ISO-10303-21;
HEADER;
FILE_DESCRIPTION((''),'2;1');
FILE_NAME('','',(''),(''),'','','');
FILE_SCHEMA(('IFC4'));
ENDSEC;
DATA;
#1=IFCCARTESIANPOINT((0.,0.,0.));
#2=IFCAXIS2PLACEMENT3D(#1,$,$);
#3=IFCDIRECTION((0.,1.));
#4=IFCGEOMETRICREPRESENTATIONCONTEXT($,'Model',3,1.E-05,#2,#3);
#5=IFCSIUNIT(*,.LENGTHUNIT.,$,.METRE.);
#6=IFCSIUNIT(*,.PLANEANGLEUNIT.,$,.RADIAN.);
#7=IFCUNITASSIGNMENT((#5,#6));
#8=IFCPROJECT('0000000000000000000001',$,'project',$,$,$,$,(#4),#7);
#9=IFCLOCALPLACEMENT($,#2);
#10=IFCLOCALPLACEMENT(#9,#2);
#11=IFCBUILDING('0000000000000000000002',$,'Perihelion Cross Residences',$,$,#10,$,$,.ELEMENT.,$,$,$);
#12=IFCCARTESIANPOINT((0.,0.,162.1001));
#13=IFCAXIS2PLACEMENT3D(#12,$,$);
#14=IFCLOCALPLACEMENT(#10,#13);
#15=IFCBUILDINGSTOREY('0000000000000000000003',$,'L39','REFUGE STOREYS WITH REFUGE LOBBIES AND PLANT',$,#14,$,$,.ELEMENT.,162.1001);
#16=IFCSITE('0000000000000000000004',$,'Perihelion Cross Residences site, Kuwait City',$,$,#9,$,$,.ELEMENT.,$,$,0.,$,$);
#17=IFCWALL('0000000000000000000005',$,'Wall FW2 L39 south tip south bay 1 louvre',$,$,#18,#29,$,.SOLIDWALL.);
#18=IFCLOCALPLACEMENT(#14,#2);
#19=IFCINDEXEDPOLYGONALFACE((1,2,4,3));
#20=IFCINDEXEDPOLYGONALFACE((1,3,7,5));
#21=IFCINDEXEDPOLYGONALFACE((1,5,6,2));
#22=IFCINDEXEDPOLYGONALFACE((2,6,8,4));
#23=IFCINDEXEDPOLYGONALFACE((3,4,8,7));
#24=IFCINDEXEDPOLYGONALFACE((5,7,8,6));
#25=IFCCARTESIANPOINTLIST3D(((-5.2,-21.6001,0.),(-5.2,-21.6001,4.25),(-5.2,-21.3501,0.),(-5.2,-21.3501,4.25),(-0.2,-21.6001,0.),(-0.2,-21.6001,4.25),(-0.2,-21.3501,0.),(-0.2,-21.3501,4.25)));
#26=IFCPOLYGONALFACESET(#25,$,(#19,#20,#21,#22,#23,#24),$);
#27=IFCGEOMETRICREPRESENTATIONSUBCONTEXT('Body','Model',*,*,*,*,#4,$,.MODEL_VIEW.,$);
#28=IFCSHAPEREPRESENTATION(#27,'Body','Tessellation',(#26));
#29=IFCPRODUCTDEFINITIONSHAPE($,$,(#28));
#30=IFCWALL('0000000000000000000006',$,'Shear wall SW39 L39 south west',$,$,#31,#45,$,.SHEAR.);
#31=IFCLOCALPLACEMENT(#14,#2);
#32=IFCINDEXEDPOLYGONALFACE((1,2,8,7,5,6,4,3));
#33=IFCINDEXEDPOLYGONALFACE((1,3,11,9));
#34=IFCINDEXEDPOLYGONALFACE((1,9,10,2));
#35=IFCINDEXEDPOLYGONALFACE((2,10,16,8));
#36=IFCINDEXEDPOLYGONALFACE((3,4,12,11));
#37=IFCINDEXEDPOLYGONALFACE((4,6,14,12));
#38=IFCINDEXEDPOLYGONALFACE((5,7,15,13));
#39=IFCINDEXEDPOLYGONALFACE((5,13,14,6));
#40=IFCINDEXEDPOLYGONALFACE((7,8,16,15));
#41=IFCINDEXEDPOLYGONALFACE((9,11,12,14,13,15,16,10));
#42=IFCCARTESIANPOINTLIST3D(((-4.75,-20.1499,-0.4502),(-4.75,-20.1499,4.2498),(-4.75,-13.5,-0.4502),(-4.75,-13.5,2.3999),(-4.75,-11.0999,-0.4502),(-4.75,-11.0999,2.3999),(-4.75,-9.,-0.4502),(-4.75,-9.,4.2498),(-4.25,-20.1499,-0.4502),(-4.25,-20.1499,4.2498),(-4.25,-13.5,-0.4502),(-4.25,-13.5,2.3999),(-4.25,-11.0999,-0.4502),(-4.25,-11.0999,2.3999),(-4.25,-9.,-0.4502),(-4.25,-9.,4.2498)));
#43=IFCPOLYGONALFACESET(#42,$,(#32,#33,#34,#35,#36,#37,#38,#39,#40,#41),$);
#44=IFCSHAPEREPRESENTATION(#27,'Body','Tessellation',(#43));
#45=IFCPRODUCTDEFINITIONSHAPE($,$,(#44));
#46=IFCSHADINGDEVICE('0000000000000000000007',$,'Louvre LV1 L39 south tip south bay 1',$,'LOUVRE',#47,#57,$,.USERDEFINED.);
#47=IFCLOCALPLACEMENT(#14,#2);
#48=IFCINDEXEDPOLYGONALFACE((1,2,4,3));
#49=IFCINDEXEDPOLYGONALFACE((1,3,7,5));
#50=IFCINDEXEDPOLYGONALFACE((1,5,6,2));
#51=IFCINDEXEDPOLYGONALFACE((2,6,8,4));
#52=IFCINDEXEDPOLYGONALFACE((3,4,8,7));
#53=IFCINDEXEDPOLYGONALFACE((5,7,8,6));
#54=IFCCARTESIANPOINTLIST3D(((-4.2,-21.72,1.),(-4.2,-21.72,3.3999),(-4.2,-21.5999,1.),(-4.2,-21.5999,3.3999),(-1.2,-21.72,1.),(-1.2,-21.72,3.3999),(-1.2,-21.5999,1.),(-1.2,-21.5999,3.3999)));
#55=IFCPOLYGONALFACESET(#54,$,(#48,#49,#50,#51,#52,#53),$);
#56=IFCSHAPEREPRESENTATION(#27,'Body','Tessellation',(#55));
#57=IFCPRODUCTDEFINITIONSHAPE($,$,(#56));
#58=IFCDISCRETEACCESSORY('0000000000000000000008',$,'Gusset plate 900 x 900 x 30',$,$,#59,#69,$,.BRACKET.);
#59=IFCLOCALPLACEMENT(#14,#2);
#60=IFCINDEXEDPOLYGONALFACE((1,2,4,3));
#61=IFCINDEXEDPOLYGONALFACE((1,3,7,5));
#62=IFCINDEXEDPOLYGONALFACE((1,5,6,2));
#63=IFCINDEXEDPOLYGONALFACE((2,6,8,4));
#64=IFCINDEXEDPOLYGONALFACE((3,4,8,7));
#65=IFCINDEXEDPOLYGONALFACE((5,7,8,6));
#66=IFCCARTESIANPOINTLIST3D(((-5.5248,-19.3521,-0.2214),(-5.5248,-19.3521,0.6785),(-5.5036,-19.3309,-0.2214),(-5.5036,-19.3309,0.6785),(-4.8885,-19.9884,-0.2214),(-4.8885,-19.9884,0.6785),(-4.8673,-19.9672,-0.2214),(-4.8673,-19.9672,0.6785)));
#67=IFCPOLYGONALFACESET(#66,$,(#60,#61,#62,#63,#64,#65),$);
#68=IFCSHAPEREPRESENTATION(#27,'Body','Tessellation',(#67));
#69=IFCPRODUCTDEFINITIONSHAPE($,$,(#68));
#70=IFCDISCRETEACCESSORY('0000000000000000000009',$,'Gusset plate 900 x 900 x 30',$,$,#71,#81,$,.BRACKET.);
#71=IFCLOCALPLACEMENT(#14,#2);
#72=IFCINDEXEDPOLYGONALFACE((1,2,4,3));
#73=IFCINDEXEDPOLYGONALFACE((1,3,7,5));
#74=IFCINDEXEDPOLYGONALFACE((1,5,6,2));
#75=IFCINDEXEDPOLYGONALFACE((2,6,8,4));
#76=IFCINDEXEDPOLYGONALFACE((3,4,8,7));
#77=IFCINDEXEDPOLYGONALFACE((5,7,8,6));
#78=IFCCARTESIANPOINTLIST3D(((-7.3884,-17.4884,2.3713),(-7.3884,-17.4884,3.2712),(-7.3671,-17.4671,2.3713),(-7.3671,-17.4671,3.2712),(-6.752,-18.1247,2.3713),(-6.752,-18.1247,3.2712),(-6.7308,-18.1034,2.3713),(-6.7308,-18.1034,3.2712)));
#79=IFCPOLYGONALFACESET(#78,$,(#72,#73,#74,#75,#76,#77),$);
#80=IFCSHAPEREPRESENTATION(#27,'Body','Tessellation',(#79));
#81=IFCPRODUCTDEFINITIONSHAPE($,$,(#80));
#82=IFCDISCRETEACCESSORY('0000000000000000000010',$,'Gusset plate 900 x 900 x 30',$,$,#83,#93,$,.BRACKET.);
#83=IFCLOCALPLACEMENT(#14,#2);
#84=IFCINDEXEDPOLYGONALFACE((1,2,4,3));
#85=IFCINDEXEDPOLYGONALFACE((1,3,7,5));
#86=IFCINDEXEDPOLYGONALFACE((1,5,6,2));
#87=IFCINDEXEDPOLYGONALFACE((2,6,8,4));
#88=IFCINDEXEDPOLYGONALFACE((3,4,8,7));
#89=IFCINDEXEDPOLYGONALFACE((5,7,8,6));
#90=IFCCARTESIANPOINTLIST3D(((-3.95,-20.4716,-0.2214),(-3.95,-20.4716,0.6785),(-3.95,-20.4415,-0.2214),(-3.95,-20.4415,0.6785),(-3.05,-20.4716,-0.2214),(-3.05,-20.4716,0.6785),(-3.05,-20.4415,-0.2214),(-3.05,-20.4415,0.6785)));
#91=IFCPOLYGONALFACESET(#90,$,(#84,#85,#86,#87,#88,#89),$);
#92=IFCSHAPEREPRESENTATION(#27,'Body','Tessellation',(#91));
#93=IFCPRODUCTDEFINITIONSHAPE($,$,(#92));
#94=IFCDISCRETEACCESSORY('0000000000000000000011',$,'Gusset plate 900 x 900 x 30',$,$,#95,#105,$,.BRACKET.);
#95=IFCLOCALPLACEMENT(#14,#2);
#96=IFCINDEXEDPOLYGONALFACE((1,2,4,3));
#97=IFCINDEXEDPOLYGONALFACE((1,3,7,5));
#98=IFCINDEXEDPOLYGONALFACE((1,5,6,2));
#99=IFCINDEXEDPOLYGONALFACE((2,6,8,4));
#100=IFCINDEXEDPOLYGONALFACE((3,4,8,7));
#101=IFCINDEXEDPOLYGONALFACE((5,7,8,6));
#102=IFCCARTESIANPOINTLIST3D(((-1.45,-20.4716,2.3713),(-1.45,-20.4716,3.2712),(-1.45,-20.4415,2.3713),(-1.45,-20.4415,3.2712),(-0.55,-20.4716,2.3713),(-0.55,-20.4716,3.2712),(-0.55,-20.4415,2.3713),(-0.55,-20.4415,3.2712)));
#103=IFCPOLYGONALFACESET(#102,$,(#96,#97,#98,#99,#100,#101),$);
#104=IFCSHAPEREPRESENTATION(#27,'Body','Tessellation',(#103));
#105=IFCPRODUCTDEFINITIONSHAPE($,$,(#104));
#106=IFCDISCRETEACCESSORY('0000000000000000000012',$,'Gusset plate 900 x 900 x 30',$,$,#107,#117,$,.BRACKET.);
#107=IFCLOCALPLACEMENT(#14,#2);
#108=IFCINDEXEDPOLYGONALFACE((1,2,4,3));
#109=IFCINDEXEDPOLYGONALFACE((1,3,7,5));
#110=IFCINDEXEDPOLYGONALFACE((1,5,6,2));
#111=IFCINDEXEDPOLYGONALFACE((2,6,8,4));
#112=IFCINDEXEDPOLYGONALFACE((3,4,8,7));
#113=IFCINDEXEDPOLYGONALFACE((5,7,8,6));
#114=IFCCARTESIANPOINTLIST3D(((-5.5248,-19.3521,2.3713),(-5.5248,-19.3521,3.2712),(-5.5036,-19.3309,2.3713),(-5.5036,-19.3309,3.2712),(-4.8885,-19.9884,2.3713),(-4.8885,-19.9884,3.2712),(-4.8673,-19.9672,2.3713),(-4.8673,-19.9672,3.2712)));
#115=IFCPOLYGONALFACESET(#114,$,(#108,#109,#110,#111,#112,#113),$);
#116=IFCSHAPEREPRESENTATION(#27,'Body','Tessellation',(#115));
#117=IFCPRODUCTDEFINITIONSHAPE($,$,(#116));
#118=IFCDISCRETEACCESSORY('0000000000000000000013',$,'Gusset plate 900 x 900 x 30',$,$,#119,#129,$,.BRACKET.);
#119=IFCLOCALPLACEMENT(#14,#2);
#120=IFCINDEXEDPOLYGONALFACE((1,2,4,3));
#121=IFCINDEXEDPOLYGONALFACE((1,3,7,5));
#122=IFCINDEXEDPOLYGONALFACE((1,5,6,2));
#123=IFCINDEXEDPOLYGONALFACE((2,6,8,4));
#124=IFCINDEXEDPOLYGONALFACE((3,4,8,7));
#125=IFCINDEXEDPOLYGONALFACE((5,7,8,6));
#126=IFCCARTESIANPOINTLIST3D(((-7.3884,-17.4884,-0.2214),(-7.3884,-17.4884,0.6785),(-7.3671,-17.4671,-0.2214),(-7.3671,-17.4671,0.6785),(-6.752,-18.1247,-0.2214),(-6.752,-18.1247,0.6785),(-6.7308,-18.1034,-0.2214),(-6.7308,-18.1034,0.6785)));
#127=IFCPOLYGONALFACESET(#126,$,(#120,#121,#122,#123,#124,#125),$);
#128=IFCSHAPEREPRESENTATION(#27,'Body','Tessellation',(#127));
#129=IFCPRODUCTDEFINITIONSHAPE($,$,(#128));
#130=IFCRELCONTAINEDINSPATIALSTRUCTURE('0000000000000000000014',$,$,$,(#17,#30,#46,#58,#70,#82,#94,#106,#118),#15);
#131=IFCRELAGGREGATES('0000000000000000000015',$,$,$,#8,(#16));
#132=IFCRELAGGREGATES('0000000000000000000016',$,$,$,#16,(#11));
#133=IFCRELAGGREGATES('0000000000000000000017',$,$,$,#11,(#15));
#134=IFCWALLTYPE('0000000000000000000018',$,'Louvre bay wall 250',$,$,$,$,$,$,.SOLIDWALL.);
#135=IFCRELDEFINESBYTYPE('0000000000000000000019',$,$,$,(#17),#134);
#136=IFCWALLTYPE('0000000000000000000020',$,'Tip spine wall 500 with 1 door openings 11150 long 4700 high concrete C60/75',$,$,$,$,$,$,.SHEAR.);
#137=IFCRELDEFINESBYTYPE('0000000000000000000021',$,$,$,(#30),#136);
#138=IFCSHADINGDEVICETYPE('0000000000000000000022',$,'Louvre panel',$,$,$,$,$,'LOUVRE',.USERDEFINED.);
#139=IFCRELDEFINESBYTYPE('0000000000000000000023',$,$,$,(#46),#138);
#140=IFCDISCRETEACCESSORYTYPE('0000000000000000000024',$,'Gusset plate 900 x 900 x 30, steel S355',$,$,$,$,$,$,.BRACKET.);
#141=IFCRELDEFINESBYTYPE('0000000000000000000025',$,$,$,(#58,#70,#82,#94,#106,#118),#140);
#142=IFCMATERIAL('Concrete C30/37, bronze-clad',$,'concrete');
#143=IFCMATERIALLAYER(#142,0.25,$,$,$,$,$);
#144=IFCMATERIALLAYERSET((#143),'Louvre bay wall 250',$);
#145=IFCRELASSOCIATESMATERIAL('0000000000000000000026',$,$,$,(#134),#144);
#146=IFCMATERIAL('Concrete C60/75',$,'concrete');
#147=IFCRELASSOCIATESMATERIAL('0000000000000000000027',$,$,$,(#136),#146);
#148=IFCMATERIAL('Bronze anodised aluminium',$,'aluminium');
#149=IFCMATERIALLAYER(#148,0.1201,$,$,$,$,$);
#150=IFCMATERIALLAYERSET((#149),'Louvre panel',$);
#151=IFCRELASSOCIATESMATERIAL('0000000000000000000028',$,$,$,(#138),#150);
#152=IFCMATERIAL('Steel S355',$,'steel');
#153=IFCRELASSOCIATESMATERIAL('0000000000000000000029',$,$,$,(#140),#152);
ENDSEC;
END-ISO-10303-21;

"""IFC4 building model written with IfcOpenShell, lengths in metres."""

from ifc_helpers import new_model, si_unit, direction, frame, frame_2d, origin, origin_2d, place, context, subcontext, project, spatial, polyline, rectangle, outline, extrude, material, layer, layer_set, material_profile, profile_set, type_object, element, save


model = new_model("IFC4")

# Units and contexts
model_context = context("Model", 3, precision=1e-05, world=origin(), true_north=direction((0.0, 1.0)))
body_context = subcontext(model_context, "Body", "Model", "MODEL_VIEW")
ifc_project = project(units=[si_unit("LENGTHUNIT", "METRE"), si_unit("PLANEANGLEUNIT", "RADIAN")], contexts=[model_context])

# Site, building, storey
site_placement = place(None, origin())
site = spatial("IfcSite", under=ifc_project, at=site_placement, Name="Perihelion Cross Residences site, Kuwait City", CompositionType="ELEMENT", RefElevation=0.0)
building_placement = place(site_placement, origin())
building = spatial("IfcBuilding", under=site, at=building_placement, Name="Perihelion Cross Residences", CompositionType="ELEMENT")
storey_placement = place(building_placement, frame((0.0, 0.0, 162.1001)))
storey = spatial("IfcBuildingStorey", under=building, at=storey_placement, Name="L39", Description="REFUGE STOREYS WITH REFUGE LOBBIES AND PLANT", CompositionType="ELEMENT", Elevation=162.1001)

# Walls
ifc_material_1 = material(Name="Concrete C30/37, bronze-clad", Category="concrete")
ifc_layer_1 = layer(ifc_material_1, 0.25)
ifc_layer_set_1 = layer_set([ifc_layer_1], Name="Louvre bay wall 250")
wall_type_1 = type_object("IfcWallType", Name="Louvre bay wall 250", PredefinedType="SOLIDWALL", material=ifc_layer_set_1)
wall_1_placement = place(storey_placement, frame((-5.2, -21.4751, 0.0), z_axis=(0.0, 0.0, 1.0), x_axis=(1.0, 0.0, 0.0)))
element("IfcWall", 1, at=wall_1_placement, inside=storey, type_object=wall_type_1, Name="Wall FW2 L39 south tip south bay 1 louvre", PredefinedType="SOLIDWALL", context=body_context, shape_type="SweptSolid", body=[
    extrude(rectangle(XDim=5.0, YDim=0.25, at=frame_2d((2.5, 0.0))), origin(), (0.0, 0.0, 1.0), 4.25),
])
ifc_material_2 = material(Name="Concrete C60/75", Category="concrete")
ifc_material_profile_1 = material_profile(ifc_material_2, outline(polyline([(0.0, 0.0), (6.6499, 0.0), (6.6499, 2.8501), (9.05, 2.8501), (9.05, 0.0), (11.1499, 0.0), (11.1499, 4.7), (0.0, 4.7), (0.0, 0.0)])), Name="Tip spine wall")
ifc_profile_set_1 = profile_set([ifc_material_profile_1], Name="Concrete C60/75")
wall_type_2 = type_object("IfcWallType", Name="Tip spine wall 500 with 1 door openings 11150 long 4700 high concrete C60/75", PredefinedType="SHEAR", material=ifc_profile_set_1)
wall_2_placement = place(storey_placement, frame((-4.75, -20.1499, -0.4502), z_axis=(1.0, 0.0, 0.0), x_axis=(0.0, 1.0, 0.0)))
element("IfcWall", 2, at=wall_2_placement, inside=storey, type_object=wall_type_2, Name="Shear wall SW39 L39 south west", PredefinedType="SHEAR", context=body_context, shape_type="SweptSolid", body=[
    extrude(outline(polyline([(0.0, 0.0), (6.6499, 0.0), (6.6499, 2.8501), (9.05, 2.8501), (9.05, 0.0), (11.1499, 0.0), (11.1499, 4.7), (0.0, 4.7), (0.0, 0.0)])), origin(), (0.0, 0.0, 1.0), 0.5),
])

# Shading device
ifc_material_3 = material(Name="Bronze anodised aluminium", Category="aluminium")
ifc_layer_2 = layer(ifc_material_3, 0.1201)
ifc_layer_set_2 = layer_set([ifc_layer_2], Name="Louvre panel")
shading_device_type = type_object("IfcShadingDeviceType", Name="Louvre panel", ElementType="LOUVRE", PredefinedType="USERDEFINED", material=ifc_layer_set_2)
shading_device_placement = place(storey_placement, frame((-2.7, -21.6599, 1.0), z_axis=(0.0, 0.0, 1.0), x_axis=(1.0, 0.0, 0.0)))
element("IfcShadingDevice", 3, at=shading_device_placement, inside=storey, type_object=shading_device_type, Name="Louvre LV1 L39 south tip south bay 1", ObjectType="LOUVRE", PredefinedType="USERDEFINED", context=body_context, shape_type="SweptSolid", body=[
    extrude(rectangle(XDim=3.0, YDim=0.1201, at=origin_2d()), origin(), (0.0, 0.0, 1.0), 2.3999),
])

# Discrete accessories
ifc_material_4 = material(Name="Steel S355", Category="steel")
discrete_accessory_type = type_object("IfcDiscreteAccessoryType", Name="Gusset plate 900 x 900 x 30, steel S355", PredefinedType="BRACKET", material=ifc_material_4)
for number, where, z_axis, x_axis, name in (
    (4, (-5.196, -19.6597, -0.2214), (0.0, 0.0, 1.0), (-0.707107, 0.707107, 0.0), "Gusset plate 900 x 900 x 30"),
    (5, (-7.0596, -17.7959, 2.3713), (0.0, 0.0, 1.0), (0.707107, -0.707107, 0.0), "Gusset plate 900 x 900 x 30"),
    (6, (-3.5, -20.4565, -0.2214), (0.0, 0.0, 1.0), (1.0, 0.0, 0.0), "Gusset plate 900 x 900 x 30"),
    (7, (-1.0, -20.4565, 2.3713), (0.0, 0.0, 1.0), (-1.0, 0.0, 0.0), "Gusset plate 900 x 900 x 30"),
    (8, (-5.196, -19.6597, 2.3713), (0.0, 0.0, 1.0), (-0.707107, 0.707107, 0.0), "Gusset plate 900 x 900 x 30"),
    (9, (-7.0596, -17.7959, -0.2214), (0.0, 0.0, 1.0), (0.707107, -0.707107, 0.0), "Gusset plate 900 x 900 x 30"),
):
    element("IfcDiscreteAccessory", number, at=place(storey_placement, frame(where, z_axis=z_axis, x_axis=x_axis)), inside=storey, type_object=discrete_accessory_type, Name=name, PredefinedType="BRACKET", context=body_context, shape_type="SweptSolid", body=[
        extrude(rectangle(XDim=0.8999, YDim=0.03, at=origin_2d()), origin(), (0.0, 0.0, 1.0), 0.8999),
    ])

save(model, "model.ifc")
